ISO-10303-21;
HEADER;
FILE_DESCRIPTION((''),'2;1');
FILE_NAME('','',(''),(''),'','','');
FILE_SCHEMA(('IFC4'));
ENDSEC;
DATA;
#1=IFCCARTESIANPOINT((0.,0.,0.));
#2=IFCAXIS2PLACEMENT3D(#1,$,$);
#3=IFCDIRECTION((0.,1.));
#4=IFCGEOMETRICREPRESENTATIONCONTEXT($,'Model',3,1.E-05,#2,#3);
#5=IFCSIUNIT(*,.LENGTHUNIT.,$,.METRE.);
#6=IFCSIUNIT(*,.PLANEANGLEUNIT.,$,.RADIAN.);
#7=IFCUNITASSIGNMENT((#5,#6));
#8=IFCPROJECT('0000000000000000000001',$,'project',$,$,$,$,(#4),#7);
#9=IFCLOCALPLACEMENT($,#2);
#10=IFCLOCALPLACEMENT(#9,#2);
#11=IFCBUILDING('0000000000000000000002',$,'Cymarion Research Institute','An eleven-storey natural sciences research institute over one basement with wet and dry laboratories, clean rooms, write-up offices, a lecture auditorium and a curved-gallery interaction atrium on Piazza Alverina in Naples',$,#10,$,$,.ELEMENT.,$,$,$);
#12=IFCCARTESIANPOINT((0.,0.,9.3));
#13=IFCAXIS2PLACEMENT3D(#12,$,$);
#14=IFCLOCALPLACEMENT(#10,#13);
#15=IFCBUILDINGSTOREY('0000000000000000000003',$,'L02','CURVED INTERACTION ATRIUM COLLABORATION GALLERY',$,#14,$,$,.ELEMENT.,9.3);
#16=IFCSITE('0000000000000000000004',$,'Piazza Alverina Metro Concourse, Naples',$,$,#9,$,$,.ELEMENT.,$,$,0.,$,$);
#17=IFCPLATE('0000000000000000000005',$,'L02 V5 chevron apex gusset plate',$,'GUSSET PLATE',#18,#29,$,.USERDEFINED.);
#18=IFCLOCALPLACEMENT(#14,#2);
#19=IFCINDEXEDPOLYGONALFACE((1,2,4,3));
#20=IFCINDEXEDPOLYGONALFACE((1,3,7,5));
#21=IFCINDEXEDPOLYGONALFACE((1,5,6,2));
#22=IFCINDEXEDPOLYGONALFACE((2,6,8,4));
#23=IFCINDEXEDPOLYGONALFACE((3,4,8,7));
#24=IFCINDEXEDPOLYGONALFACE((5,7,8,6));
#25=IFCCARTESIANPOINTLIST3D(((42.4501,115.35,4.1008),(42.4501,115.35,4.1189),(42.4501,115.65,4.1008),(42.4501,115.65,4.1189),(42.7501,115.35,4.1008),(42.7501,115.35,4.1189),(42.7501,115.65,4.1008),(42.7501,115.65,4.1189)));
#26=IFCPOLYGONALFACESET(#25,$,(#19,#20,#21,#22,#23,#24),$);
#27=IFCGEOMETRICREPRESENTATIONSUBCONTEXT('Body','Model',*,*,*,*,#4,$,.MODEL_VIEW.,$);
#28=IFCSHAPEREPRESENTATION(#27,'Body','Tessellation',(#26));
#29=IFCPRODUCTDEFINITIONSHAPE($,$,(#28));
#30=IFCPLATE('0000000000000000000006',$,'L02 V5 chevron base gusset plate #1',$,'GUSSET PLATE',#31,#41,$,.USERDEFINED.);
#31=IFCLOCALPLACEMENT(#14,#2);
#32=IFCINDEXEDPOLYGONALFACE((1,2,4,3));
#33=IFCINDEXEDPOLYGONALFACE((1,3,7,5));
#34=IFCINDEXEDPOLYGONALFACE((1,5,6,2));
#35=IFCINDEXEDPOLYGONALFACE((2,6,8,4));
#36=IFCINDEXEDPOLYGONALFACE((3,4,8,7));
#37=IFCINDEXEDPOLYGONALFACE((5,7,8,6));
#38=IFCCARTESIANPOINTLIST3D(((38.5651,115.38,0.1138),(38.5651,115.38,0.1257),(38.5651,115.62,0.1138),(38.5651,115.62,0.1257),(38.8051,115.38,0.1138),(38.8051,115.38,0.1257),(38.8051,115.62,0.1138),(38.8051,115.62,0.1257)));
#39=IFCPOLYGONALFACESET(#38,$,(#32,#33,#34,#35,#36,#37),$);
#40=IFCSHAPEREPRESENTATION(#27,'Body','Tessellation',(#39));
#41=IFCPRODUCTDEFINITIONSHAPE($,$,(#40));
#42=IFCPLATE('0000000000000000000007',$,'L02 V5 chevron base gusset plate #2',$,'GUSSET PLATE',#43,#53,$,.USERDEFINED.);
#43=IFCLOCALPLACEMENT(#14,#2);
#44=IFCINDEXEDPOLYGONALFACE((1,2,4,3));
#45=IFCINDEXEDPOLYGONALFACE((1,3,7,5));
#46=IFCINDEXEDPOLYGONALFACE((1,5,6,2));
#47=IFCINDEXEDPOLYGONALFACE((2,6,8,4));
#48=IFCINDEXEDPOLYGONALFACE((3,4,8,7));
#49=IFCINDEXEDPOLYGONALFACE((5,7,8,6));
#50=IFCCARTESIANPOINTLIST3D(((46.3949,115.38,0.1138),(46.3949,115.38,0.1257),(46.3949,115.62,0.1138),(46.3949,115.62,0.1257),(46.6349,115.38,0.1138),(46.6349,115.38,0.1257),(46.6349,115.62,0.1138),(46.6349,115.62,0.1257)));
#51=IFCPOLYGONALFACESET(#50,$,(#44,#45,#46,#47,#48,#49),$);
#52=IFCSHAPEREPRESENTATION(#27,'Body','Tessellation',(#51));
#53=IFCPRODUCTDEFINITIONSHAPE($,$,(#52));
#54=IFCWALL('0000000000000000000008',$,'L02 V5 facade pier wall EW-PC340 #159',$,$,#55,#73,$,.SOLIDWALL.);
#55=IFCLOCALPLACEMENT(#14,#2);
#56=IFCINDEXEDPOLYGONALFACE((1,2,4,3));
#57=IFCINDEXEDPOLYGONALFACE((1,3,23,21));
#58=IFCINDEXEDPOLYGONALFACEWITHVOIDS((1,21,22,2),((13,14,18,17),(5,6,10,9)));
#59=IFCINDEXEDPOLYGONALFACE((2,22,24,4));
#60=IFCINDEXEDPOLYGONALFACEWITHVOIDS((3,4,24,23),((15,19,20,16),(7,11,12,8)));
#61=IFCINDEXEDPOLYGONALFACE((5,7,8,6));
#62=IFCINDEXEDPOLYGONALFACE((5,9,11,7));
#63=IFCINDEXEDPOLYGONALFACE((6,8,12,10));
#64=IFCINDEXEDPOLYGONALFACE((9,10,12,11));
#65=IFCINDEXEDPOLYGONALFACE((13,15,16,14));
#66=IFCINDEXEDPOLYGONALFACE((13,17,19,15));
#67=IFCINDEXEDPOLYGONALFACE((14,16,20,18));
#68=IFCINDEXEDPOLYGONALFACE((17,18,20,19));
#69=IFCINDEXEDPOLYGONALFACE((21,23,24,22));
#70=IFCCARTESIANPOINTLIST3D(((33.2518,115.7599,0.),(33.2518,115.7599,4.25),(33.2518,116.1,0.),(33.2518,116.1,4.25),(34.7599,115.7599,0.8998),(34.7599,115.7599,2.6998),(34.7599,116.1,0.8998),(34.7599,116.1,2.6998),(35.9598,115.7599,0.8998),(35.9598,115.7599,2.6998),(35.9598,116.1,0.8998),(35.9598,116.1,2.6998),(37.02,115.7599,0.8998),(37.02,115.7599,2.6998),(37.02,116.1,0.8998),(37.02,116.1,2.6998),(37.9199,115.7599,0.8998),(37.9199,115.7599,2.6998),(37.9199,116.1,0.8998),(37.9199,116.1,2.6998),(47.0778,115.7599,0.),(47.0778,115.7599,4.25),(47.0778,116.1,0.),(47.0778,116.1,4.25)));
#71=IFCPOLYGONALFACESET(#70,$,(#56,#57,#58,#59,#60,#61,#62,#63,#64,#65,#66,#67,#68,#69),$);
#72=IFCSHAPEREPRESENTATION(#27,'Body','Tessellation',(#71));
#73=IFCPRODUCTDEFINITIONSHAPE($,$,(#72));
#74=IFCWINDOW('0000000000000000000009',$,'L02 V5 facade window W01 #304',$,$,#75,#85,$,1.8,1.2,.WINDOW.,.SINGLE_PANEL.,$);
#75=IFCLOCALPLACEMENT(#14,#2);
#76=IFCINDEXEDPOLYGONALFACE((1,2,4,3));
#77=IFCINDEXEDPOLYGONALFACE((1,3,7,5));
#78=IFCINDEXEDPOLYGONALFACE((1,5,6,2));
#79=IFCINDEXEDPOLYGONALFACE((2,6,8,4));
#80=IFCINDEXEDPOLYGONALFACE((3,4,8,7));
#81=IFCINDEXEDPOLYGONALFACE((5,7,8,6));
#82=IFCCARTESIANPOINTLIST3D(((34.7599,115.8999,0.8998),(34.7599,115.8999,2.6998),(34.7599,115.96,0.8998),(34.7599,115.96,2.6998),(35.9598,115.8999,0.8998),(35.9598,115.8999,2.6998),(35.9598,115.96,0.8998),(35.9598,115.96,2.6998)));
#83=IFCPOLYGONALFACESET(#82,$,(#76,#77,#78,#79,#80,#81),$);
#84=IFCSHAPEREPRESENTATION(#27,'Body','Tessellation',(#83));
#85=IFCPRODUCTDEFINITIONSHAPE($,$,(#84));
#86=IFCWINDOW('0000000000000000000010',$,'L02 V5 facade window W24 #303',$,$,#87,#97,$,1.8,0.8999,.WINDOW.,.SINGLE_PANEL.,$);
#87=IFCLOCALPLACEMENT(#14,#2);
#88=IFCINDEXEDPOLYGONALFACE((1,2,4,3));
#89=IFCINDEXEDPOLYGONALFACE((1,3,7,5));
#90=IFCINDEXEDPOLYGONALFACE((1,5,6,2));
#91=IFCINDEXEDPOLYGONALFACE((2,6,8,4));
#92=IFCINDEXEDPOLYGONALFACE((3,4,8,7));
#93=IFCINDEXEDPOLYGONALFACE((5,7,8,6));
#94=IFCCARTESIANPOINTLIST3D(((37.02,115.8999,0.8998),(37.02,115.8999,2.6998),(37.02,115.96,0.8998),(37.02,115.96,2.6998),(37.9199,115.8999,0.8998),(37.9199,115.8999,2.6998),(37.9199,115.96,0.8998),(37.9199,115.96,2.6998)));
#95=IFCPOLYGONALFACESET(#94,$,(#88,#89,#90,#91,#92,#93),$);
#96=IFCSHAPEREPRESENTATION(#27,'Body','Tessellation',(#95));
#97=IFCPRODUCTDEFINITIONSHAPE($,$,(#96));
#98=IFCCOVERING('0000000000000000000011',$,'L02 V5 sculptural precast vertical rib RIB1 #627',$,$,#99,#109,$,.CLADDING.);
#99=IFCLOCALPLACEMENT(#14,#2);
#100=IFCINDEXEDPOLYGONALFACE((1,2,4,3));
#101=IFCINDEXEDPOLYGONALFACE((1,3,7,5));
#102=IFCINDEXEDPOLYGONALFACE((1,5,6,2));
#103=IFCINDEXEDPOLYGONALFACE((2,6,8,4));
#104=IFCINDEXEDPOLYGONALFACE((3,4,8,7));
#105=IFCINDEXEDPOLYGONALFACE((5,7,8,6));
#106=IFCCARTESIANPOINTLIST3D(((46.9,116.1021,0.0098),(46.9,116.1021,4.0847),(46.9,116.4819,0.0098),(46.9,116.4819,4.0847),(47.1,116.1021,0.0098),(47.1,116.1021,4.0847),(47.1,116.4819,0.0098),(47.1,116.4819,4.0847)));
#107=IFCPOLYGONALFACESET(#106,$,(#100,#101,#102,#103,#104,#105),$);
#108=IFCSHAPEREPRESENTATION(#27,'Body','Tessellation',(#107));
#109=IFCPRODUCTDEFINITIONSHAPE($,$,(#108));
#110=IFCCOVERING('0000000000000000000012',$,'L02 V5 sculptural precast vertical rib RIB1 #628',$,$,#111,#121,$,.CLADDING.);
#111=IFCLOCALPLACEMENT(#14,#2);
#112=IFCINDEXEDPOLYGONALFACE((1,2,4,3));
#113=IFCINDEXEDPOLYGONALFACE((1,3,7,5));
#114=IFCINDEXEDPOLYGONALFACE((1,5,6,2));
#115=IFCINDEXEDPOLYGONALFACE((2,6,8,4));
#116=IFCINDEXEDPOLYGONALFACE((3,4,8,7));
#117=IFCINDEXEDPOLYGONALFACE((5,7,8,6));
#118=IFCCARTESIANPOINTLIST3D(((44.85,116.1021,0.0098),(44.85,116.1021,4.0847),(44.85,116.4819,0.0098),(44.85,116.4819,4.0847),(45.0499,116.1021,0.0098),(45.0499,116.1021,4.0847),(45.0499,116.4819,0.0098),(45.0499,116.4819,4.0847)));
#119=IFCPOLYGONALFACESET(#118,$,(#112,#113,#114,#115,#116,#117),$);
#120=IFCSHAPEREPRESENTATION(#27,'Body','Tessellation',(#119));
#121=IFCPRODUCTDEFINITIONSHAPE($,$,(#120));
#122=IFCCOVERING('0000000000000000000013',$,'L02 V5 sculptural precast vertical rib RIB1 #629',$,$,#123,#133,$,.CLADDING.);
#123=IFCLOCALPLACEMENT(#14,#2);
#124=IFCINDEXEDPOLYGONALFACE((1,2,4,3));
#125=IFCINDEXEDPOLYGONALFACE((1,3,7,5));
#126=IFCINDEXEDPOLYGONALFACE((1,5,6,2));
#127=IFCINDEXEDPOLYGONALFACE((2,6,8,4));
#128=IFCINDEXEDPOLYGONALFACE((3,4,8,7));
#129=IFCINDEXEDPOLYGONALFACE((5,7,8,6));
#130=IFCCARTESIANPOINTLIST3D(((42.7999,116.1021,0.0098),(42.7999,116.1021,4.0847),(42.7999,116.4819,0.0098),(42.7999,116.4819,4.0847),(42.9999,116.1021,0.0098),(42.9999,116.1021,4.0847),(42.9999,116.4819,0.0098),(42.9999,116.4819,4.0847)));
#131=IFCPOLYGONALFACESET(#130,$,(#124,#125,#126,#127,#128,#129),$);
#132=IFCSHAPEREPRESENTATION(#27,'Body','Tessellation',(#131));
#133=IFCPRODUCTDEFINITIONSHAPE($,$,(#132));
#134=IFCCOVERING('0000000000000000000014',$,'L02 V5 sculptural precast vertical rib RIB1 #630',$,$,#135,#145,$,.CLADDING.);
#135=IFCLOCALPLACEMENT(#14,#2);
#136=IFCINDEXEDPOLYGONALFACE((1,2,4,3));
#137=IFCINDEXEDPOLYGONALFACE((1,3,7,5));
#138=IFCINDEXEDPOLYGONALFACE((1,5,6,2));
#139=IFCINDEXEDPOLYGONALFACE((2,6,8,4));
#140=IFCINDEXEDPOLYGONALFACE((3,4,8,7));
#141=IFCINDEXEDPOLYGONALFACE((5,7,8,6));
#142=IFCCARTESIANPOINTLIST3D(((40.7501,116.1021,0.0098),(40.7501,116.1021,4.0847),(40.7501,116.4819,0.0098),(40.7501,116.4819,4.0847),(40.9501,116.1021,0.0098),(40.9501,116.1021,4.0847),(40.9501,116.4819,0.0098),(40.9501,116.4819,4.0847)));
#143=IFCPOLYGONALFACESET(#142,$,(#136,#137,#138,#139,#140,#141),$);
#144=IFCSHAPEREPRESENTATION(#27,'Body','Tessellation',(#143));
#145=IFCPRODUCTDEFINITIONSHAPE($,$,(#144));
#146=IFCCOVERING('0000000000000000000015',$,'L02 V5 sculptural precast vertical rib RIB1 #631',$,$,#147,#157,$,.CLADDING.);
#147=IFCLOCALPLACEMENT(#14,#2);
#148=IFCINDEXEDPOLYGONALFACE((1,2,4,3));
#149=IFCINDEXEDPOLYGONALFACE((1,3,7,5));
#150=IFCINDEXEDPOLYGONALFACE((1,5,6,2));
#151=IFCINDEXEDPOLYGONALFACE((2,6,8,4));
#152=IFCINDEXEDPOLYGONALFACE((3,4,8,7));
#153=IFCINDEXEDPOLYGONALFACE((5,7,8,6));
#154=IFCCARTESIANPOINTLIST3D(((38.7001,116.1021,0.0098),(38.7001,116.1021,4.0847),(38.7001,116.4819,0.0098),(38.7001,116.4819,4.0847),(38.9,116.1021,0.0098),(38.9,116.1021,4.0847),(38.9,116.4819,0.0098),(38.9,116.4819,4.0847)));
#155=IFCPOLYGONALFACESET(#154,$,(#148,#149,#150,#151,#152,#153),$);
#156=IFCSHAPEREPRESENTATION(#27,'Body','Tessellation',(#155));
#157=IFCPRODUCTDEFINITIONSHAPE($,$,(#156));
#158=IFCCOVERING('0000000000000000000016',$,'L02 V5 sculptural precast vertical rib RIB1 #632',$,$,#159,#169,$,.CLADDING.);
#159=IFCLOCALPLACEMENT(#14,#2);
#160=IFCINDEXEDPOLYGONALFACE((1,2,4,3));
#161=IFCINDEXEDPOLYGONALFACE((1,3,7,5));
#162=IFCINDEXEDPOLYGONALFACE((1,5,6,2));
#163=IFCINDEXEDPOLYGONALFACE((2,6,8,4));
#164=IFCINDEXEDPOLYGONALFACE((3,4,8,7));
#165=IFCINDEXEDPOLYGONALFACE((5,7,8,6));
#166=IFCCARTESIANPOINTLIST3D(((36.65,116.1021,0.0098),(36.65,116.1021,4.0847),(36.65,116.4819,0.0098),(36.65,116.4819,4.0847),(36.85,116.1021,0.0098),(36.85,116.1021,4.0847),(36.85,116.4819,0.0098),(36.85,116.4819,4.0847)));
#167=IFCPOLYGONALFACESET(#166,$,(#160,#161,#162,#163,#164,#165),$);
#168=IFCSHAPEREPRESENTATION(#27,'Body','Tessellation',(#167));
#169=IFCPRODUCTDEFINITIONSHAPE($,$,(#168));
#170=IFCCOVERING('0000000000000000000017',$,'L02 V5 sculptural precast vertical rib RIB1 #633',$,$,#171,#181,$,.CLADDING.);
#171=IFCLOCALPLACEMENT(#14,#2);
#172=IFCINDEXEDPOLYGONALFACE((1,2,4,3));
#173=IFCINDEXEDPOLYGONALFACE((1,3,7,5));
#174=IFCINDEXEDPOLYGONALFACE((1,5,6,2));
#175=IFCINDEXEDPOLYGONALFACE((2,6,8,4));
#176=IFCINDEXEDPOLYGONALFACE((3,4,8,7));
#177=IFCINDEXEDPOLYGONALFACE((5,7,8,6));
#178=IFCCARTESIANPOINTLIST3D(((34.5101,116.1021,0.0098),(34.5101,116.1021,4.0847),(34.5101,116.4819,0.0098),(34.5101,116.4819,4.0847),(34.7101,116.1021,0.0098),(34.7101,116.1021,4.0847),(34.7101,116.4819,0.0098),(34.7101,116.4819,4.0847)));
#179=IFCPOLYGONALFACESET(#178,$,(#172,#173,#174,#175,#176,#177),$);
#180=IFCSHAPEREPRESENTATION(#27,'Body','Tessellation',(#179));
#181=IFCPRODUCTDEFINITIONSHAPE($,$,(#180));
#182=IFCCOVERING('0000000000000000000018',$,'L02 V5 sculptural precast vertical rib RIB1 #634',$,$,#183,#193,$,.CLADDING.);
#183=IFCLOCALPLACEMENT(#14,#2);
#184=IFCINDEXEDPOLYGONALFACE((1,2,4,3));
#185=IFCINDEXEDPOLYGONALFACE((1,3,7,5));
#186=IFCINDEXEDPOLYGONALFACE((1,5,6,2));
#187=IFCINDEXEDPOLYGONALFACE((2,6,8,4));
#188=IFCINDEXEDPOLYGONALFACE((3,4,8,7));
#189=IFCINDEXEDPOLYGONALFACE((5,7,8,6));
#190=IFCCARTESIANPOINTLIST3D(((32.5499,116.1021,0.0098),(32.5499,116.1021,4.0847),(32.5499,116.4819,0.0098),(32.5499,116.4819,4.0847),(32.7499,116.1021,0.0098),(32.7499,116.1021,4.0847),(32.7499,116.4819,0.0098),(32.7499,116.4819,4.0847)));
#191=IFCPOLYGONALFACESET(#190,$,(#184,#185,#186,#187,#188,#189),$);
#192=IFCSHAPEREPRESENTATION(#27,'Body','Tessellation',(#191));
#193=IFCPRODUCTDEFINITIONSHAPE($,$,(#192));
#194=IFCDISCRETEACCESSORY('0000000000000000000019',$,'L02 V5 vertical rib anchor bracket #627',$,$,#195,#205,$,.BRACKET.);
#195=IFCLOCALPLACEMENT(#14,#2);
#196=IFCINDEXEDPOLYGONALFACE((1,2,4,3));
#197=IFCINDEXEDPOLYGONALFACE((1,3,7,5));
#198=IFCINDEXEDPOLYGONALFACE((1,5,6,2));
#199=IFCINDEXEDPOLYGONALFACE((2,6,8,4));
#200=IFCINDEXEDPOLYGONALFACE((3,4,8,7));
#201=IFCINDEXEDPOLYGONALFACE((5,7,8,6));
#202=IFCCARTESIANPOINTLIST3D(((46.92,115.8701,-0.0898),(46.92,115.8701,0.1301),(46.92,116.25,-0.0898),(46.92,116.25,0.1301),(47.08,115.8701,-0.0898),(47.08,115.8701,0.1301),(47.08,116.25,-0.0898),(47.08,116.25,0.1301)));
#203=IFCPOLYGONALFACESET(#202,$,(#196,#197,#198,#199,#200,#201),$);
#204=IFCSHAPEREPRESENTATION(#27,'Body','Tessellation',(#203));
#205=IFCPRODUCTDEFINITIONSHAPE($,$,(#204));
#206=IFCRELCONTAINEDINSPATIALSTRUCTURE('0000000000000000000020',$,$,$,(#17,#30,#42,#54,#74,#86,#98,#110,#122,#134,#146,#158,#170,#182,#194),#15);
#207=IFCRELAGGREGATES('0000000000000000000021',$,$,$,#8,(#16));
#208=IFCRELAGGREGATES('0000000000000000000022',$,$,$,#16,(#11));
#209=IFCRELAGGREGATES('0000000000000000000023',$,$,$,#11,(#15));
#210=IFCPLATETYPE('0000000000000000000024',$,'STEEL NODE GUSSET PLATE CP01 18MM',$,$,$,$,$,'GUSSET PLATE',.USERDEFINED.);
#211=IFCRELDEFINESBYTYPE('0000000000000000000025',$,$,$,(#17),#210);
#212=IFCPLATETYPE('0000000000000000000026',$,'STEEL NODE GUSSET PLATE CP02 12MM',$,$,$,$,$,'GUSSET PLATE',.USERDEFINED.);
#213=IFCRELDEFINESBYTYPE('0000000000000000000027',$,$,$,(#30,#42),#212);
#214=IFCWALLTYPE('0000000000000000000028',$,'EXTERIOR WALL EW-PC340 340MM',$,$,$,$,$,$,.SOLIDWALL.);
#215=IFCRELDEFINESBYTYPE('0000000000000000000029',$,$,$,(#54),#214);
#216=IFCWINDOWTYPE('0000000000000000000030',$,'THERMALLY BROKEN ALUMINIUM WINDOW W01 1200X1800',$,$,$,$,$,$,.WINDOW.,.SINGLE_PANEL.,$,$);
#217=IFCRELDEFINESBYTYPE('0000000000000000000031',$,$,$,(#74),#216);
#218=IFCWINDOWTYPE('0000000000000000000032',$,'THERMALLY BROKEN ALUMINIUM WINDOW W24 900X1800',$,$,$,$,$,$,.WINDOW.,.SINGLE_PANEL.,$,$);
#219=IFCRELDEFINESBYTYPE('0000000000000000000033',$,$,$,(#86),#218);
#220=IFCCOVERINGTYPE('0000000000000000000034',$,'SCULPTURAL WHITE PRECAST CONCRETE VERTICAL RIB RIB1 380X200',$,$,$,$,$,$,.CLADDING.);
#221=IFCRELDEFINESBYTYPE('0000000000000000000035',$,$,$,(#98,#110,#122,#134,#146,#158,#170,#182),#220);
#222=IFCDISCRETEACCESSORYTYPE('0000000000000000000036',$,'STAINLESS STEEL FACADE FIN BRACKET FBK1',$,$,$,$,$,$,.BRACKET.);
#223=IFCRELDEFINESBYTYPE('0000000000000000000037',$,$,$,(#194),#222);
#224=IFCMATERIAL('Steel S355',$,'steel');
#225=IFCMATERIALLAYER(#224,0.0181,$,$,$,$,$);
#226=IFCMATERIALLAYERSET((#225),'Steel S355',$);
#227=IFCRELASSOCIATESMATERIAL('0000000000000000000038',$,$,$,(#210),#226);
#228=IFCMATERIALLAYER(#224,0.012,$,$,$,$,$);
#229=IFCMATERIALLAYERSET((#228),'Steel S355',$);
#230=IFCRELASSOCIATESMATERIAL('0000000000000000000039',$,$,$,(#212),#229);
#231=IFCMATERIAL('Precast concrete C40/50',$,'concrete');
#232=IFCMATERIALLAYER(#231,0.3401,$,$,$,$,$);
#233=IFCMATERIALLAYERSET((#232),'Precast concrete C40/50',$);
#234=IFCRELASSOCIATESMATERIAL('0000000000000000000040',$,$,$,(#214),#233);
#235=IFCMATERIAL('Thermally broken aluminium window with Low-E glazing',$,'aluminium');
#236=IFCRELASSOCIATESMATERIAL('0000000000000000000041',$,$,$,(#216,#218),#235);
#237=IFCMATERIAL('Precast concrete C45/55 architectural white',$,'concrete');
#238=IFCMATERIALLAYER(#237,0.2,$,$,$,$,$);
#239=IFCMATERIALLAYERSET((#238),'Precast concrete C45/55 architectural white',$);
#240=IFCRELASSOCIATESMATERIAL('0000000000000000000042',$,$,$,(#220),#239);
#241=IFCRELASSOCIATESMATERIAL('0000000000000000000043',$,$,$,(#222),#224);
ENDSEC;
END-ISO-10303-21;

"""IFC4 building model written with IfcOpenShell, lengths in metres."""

from ifc_helpers import new_model, si_unit, direction, frame, frame_2d, origin, origin_2d, place, context, subcontext, project, spatial, rectangle, extrude, material, layer, layer_set, type_object, element, fill, save


model = new_model("IFC4")

# Units and contexts
model_context = context("Model", 3, precision=1e-05, world=origin(), true_north=direction((0.0, 1.0)))
body_context = subcontext(model_context, "Body", "Model", "MODEL_VIEW")
ifc_project = project(units=[si_unit("LENGTHUNIT", "METRE"), si_unit("PLANEANGLEUNIT", "RADIAN")], contexts=[model_context])

# Site, building, storey
site_placement = place(None, origin())
site = spatial("IfcSite", under=ifc_project, at=site_placement, Name="Piazza Alverina Metro Concourse, Naples", CompositionType="ELEMENT", RefElevation=0.0)
building_placement = place(site_placement, origin())
building = spatial("IfcBuilding", under=site, at=building_placement, Name="Cymarion Research Institute", Description="An eleven-storey natural sciences research institute over one basement with wet and dry laboratories, clean rooms, write-up offices, a lecture auditorium and a curved-gallery interaction atrium on Piazza Alverina in Naples", CompositionType="ELEMENT")
storey_placement = place(building_placement, frame((0.0, 0.0, 9.3)))
storey = spatial("IfcBuildingStorey", under=building, at=storey_placement, Name="L02", Description="CURVED INTERACTION ATRIUM COLLABORATION GALLERY", CompositionType="ELEMENT", Elevation=9.3)

# Shared definitions
ifc_material_1 = material(Name="Steel S355", Category="steel")

# Plates
ifc_layer_1 = layer(ifc_material_1, 0.0181)
ifc_layer_set_1 = layer_set([ifc_layer_1], Name="Steel S355")
plate_type_1 = type_object("IfcPlateType", Name="STEEL NODE GUSSET PLATE CP01 18MM", ElementType="GUSSET PLATE", PredefinedType="USERDEFINED", material=ifc_layer_set_1)
plate_placement = place(storey_placement, frame((42.6001, 115.5, 4.1008), z_axis=(0.0, 0.0, 1.0), x_axis=(1.0, 0.0, 0.0)))
element("IfcPlate", 1, at=plate_placement, inside=storey, type_object=plate_type_1, Name="L02 V5 chevron apex gusset plate", ObjectType="GUSSET PLATE", PredefinedType="USERDEFINED", context=body_context, shape_type="SweptSolid", body=[
    extrude(rectangle(XDim=0.3, YDim=0.3, at=origin_2d()), origin(), (0.0, 0.0, 1.0), 0.0181),
])
ifc_layer_2 = layer(ifc_material_1, 0.012)
ifc_layer_set_2 = layer_set([ifc_layer_2], Name="Steel S355")
plate_type_2 = type_object("IfcPlateType", Name="STEEL NODE GUSSET PLATE CP02 12MM", ElementType="GUSSET PLATE", PredefinedType="USERDEFINED", material=ifc_layer_set_2)
for number, where, z_axis, x_axis, name in (
    (2, (38.6851, 115.5, 0.1138), (0.0, 0.0, 1.0), (1.0, 0.0, 0.0), "L02 V5 chevron base gusset plate #1"),
    (3, (46.5149, 115.5, 0.1138), (0.0, 0.0, 1.0), (1.0, 0.0, 0.0), "L02 V5 chevron base gusset plate #2"),
):
    element("IfcPlate", number, at=place(storey_placement, frame(where, z_axis=z_axis, x_axis=x_axis)), inside=storey, type_object=plate_type_2, Name=name, ObjectType="GUSSET PLATE", PredefinedType="USERDEFINED", context=body_context, shape_type="SweptSolid", body=[
        extrude(rectangle(XDim=0.24, YDim=0.24, at=origin_2d()), origin(), (0.0, 0.0, 1.0), 0.012),
    ])

# Wall, openings, windows
ifc_material_2 = material(Name="Precast concrete C40/50", Category="concrete")
ifc_layer_3 = layer(ifc_material_2, 0.3401)
ifc_layer_set_3 = layer_set([ifc_layer_3], Name="Precast concrete C40/50")
wall_type = type_object("IfcWallType", Name="EXTERIOR WALL EW-PC340 340MM", PredefinedType="SOLIDWALL", material=ifc_layer_set_3)
wall_placement = place(storey_placement, frame((47.0779, 115.9299, 0.0), z_axis=(0.0, 0.0, 1.0), x_axis=(-1.0, 0.0, 0.0)))
wall = element("IfcWall", 4, at=wall_placement, inside=storey, type_object=wall_type, Name="L02 V5 facade pier wall EW-PC340 #159", PredefinedType="SOLIDWALL", context=body_context, shape_type="SweptSolid", body=[
    extrude(rectangle(XDim=13.8259, YDim=0.3401, at=frame_2d((6.9131, 0.0))), origin(), (0.0, 0.0, 1.0), 4.25),
])
opening_1_placement = place(wall_placement, frame((9.158, 0.0, 0.8999)))
opening_1 = element("IfcOpeningElement", 5, at=opening_1_placement, cuts=wall, PredefinedType="OPENING", context=body_context, shape_type="SweptSolid", body=[
    extrude(rectangle(XDim=0.8999, YDim=1.8, at=frame_2d((0.45, 0.8999))), frame((0.0, 0.1799, 0.0), z_axis=(0.0, -1.0, 0.0), x_axis=(1.0, 0.0, 0.0)), (0.0, 0.0, 1.0), 0.3601),
])
opening_2_placement = place(wall_placement, frame((11.1179, 0.0, 0.8999)))
opening_2 = element("IfcOpeningElement", 6, at=opening_2_placement, cuts=wall, PredefinedType="OPENING", context=body_context, shape_type="SweptSolid", body=[
    extrude(rectangle(XDim=1.2, YDim=1.8, at=frame_2d((0.6001, 0.8999))), frame((0.0, 0.1799, 0.0), z_axis=(0.0, -1.0, 0.0), x_axis=(1.0, 0.0, 0.0)), (0.0, 0.0, 1.0), 0.3601),
])
ifc_material_3 = material(Name="Thermally broken aluminium window with Low-E glazing", Category="aluminium")
window_type_1 = type_object("IfcWindowType", Name="THERMALLY BROKEN ALUMINIUM WINDOW W01 1200X1800", PartitioningType="SINGLE_PANEL", PredefinedType="WINDOW", material=ifc_material_3)
window_1_placement = place(opening_2_placement, origin())
window_1 = element("IfcWindow", 7, at=window_1_placement, inside=storey, type_object=window_type_1, Name="L02 V5 facade window W01 #304", OverallHeight=1.8, OverallWidth=1.2, PartitioningType="SINGLE_PANEL", PredefinedType="WINDOW", context=body_context, shape_type="SweptSolid", body=[
    extrude(rectangle(XDim=1.2, YDim=1.8, at=frame_2d((0.6001, 0.8999))), frame((0.0, 0.03, 0.0), z_axis=(0.0, -1.0, 0.0), x_axis=(1.0, 0.0, 0.0)), (0.0, 0.0, 1.0), 0.0601),
])
fill(opening_2, window_1)
window_type_2 = type_object("IfcWindowType", Name="THERMALLY BROKEN ALUMINIUM WINDOW W24 900X1800", PartitioningType="SINGLE_PANEL", PredefinedType="WINDOW", material=ifc_material_3)
window_2_placement = place(opening_1_placement, origin())
window_2 = element("IfcWindow", 8, at=window_2_placement, inside=storey, type_object=window_type_2, Name="L02 V5 facade window W24 #303", OverallHeight=1.8, OverallWidth=0.8999, PartitioningType="SINGLE_PANEL", PredefinedType="WINDOW", context=body_context, shape_type="SweptSolid", body=[
    extrude(rectangle(XDim=0.8999, YDim=1.8, at=frame_2d((0.45, 0.8999))), frame((0.0, 0.03, 0.0), z_axis=(0.0, -1.0, 0.0), x_axis=(1.0, 0.0, 0.0)), (0.0, 0.0, 1.0), 0.0601),
])
fill(opening_1, window_2)

# Coverings
ifc_material_4 = material(Name="Precast concrete C45/55 architectural white", Category="concrete")
ifc_layer_4 = layer(ifc_material_4, 0.2)
ifc_layer_set_4 = layer_set([ifc_layer_4], Name="Precast concrete C45/55 architectural white")
covering_type = type_object("IfcCoveringType", Name="SCULPTURAL WHITE PRECAST CONCRETE VERTICAL RIB RIB1 380X200", PredefinedType="CLADDING", material=ifc_layer_set_4)
for number, where, z_axis, x_axis, name in (
    (9, (47.0, 116.292, 0.0098), (0.0, 0.0, 1.0), (0.0, 1.0, 0.0), "L02 V5 sculptural precast vertical rib RIB1 #627"),
    (10, (44.95, 116.292, 0.0098), (0.0, 0.0, 1.0), (0.0, 1.0, 0.0), "L02 V5 sculptural precast vertical rib RIB1 #628"),
    (11, (42.8999, 116.292, 0.0098), (0.0, 0.0, 1.0), (0.0, 1.0, 0.0), "L02 V5 sculptural precast vertical rib RIB1 #629"),
    (12, (40.8501, 116.292, 0.0098), (0.0, 0.0, 1.0), (0.0, 1.0, 0.0), "L02 V5 sculptural precast vertical rib RIB1 #630"),
    (13, (38.8, 116.292, 0.0098), (0.0, 0.0, 1.0), (0.0, 1.0, 0.0), "L02 V5 sculptural precast vertical rib RIB1 #631"),
    (14, (36.75, 116.292, 0.0098), (0.0, 0.0, 1.0), (0.0, 1.0, 0.0), "L02 V5 sculptural precast vertical rib RIB1 #632"),
    (15, (34.6101, 116.292, 0.0098), (0.0, 0.0, 1.0), (0.0, 1.0, 0.0), "L02 V5 sculptural precast vertical rib RIB1 #633"),
    (16, (32.6499, 116.292, 0.0098), (0.0, 0.0, 1.0), (0.0, 1.0, 0.0), "L02 V5 sculptural precast vertical rib RIB1 #634"),
):
    element("IfcCovering", number, at=place(storey_placement, frame(where, z_axis=z_axis, x_axis=x_axis)), inside=storey, type_object=covering_type, Name=name, PredefinedType="CLADDING", context=body_context, shape_type="SweptSolid", body=[
        extrude(rectangle(XDim=0.3799, YDim=0.2, at=origin_2d()), origin(), (0.0, 0.0, 1.0), 4.075),
    ])

# Discrete accessory
discrete_accessory_type = type_object("IfcDiscreteAccessoryType", Name="STAINLESS STEEL FACADE FIN BRACKET FBK1", PredefinedType="BRACKET", material=ifc_material_1)
for number, where, z_axis, x_axis, name in (
    (17, (47.0, 116.0601, -0.0898), (0.0, 0.0, 1.0), (0.0, 1.0, 0.0), "L02 V5 vertical rib anchor bracket #627"),
):
    element("IfcDiscreteAccessory", number, at=place(storey_placement, frame(where, z_axis=z_axis, x_axis=x_axis)), inside=storey, type_object=discrete_accessory_type, Name=name, PredefinedType="BRACKET", context=body_context, shape_type="SweptSolid", body=[
        extrude(rectangle(XDim=0.3799, YDim=0.1599, at=origin_2d()), origin(), (0.0, 0.0, 1.0), 0.22),
    ])

save(model, "model.ifc")
